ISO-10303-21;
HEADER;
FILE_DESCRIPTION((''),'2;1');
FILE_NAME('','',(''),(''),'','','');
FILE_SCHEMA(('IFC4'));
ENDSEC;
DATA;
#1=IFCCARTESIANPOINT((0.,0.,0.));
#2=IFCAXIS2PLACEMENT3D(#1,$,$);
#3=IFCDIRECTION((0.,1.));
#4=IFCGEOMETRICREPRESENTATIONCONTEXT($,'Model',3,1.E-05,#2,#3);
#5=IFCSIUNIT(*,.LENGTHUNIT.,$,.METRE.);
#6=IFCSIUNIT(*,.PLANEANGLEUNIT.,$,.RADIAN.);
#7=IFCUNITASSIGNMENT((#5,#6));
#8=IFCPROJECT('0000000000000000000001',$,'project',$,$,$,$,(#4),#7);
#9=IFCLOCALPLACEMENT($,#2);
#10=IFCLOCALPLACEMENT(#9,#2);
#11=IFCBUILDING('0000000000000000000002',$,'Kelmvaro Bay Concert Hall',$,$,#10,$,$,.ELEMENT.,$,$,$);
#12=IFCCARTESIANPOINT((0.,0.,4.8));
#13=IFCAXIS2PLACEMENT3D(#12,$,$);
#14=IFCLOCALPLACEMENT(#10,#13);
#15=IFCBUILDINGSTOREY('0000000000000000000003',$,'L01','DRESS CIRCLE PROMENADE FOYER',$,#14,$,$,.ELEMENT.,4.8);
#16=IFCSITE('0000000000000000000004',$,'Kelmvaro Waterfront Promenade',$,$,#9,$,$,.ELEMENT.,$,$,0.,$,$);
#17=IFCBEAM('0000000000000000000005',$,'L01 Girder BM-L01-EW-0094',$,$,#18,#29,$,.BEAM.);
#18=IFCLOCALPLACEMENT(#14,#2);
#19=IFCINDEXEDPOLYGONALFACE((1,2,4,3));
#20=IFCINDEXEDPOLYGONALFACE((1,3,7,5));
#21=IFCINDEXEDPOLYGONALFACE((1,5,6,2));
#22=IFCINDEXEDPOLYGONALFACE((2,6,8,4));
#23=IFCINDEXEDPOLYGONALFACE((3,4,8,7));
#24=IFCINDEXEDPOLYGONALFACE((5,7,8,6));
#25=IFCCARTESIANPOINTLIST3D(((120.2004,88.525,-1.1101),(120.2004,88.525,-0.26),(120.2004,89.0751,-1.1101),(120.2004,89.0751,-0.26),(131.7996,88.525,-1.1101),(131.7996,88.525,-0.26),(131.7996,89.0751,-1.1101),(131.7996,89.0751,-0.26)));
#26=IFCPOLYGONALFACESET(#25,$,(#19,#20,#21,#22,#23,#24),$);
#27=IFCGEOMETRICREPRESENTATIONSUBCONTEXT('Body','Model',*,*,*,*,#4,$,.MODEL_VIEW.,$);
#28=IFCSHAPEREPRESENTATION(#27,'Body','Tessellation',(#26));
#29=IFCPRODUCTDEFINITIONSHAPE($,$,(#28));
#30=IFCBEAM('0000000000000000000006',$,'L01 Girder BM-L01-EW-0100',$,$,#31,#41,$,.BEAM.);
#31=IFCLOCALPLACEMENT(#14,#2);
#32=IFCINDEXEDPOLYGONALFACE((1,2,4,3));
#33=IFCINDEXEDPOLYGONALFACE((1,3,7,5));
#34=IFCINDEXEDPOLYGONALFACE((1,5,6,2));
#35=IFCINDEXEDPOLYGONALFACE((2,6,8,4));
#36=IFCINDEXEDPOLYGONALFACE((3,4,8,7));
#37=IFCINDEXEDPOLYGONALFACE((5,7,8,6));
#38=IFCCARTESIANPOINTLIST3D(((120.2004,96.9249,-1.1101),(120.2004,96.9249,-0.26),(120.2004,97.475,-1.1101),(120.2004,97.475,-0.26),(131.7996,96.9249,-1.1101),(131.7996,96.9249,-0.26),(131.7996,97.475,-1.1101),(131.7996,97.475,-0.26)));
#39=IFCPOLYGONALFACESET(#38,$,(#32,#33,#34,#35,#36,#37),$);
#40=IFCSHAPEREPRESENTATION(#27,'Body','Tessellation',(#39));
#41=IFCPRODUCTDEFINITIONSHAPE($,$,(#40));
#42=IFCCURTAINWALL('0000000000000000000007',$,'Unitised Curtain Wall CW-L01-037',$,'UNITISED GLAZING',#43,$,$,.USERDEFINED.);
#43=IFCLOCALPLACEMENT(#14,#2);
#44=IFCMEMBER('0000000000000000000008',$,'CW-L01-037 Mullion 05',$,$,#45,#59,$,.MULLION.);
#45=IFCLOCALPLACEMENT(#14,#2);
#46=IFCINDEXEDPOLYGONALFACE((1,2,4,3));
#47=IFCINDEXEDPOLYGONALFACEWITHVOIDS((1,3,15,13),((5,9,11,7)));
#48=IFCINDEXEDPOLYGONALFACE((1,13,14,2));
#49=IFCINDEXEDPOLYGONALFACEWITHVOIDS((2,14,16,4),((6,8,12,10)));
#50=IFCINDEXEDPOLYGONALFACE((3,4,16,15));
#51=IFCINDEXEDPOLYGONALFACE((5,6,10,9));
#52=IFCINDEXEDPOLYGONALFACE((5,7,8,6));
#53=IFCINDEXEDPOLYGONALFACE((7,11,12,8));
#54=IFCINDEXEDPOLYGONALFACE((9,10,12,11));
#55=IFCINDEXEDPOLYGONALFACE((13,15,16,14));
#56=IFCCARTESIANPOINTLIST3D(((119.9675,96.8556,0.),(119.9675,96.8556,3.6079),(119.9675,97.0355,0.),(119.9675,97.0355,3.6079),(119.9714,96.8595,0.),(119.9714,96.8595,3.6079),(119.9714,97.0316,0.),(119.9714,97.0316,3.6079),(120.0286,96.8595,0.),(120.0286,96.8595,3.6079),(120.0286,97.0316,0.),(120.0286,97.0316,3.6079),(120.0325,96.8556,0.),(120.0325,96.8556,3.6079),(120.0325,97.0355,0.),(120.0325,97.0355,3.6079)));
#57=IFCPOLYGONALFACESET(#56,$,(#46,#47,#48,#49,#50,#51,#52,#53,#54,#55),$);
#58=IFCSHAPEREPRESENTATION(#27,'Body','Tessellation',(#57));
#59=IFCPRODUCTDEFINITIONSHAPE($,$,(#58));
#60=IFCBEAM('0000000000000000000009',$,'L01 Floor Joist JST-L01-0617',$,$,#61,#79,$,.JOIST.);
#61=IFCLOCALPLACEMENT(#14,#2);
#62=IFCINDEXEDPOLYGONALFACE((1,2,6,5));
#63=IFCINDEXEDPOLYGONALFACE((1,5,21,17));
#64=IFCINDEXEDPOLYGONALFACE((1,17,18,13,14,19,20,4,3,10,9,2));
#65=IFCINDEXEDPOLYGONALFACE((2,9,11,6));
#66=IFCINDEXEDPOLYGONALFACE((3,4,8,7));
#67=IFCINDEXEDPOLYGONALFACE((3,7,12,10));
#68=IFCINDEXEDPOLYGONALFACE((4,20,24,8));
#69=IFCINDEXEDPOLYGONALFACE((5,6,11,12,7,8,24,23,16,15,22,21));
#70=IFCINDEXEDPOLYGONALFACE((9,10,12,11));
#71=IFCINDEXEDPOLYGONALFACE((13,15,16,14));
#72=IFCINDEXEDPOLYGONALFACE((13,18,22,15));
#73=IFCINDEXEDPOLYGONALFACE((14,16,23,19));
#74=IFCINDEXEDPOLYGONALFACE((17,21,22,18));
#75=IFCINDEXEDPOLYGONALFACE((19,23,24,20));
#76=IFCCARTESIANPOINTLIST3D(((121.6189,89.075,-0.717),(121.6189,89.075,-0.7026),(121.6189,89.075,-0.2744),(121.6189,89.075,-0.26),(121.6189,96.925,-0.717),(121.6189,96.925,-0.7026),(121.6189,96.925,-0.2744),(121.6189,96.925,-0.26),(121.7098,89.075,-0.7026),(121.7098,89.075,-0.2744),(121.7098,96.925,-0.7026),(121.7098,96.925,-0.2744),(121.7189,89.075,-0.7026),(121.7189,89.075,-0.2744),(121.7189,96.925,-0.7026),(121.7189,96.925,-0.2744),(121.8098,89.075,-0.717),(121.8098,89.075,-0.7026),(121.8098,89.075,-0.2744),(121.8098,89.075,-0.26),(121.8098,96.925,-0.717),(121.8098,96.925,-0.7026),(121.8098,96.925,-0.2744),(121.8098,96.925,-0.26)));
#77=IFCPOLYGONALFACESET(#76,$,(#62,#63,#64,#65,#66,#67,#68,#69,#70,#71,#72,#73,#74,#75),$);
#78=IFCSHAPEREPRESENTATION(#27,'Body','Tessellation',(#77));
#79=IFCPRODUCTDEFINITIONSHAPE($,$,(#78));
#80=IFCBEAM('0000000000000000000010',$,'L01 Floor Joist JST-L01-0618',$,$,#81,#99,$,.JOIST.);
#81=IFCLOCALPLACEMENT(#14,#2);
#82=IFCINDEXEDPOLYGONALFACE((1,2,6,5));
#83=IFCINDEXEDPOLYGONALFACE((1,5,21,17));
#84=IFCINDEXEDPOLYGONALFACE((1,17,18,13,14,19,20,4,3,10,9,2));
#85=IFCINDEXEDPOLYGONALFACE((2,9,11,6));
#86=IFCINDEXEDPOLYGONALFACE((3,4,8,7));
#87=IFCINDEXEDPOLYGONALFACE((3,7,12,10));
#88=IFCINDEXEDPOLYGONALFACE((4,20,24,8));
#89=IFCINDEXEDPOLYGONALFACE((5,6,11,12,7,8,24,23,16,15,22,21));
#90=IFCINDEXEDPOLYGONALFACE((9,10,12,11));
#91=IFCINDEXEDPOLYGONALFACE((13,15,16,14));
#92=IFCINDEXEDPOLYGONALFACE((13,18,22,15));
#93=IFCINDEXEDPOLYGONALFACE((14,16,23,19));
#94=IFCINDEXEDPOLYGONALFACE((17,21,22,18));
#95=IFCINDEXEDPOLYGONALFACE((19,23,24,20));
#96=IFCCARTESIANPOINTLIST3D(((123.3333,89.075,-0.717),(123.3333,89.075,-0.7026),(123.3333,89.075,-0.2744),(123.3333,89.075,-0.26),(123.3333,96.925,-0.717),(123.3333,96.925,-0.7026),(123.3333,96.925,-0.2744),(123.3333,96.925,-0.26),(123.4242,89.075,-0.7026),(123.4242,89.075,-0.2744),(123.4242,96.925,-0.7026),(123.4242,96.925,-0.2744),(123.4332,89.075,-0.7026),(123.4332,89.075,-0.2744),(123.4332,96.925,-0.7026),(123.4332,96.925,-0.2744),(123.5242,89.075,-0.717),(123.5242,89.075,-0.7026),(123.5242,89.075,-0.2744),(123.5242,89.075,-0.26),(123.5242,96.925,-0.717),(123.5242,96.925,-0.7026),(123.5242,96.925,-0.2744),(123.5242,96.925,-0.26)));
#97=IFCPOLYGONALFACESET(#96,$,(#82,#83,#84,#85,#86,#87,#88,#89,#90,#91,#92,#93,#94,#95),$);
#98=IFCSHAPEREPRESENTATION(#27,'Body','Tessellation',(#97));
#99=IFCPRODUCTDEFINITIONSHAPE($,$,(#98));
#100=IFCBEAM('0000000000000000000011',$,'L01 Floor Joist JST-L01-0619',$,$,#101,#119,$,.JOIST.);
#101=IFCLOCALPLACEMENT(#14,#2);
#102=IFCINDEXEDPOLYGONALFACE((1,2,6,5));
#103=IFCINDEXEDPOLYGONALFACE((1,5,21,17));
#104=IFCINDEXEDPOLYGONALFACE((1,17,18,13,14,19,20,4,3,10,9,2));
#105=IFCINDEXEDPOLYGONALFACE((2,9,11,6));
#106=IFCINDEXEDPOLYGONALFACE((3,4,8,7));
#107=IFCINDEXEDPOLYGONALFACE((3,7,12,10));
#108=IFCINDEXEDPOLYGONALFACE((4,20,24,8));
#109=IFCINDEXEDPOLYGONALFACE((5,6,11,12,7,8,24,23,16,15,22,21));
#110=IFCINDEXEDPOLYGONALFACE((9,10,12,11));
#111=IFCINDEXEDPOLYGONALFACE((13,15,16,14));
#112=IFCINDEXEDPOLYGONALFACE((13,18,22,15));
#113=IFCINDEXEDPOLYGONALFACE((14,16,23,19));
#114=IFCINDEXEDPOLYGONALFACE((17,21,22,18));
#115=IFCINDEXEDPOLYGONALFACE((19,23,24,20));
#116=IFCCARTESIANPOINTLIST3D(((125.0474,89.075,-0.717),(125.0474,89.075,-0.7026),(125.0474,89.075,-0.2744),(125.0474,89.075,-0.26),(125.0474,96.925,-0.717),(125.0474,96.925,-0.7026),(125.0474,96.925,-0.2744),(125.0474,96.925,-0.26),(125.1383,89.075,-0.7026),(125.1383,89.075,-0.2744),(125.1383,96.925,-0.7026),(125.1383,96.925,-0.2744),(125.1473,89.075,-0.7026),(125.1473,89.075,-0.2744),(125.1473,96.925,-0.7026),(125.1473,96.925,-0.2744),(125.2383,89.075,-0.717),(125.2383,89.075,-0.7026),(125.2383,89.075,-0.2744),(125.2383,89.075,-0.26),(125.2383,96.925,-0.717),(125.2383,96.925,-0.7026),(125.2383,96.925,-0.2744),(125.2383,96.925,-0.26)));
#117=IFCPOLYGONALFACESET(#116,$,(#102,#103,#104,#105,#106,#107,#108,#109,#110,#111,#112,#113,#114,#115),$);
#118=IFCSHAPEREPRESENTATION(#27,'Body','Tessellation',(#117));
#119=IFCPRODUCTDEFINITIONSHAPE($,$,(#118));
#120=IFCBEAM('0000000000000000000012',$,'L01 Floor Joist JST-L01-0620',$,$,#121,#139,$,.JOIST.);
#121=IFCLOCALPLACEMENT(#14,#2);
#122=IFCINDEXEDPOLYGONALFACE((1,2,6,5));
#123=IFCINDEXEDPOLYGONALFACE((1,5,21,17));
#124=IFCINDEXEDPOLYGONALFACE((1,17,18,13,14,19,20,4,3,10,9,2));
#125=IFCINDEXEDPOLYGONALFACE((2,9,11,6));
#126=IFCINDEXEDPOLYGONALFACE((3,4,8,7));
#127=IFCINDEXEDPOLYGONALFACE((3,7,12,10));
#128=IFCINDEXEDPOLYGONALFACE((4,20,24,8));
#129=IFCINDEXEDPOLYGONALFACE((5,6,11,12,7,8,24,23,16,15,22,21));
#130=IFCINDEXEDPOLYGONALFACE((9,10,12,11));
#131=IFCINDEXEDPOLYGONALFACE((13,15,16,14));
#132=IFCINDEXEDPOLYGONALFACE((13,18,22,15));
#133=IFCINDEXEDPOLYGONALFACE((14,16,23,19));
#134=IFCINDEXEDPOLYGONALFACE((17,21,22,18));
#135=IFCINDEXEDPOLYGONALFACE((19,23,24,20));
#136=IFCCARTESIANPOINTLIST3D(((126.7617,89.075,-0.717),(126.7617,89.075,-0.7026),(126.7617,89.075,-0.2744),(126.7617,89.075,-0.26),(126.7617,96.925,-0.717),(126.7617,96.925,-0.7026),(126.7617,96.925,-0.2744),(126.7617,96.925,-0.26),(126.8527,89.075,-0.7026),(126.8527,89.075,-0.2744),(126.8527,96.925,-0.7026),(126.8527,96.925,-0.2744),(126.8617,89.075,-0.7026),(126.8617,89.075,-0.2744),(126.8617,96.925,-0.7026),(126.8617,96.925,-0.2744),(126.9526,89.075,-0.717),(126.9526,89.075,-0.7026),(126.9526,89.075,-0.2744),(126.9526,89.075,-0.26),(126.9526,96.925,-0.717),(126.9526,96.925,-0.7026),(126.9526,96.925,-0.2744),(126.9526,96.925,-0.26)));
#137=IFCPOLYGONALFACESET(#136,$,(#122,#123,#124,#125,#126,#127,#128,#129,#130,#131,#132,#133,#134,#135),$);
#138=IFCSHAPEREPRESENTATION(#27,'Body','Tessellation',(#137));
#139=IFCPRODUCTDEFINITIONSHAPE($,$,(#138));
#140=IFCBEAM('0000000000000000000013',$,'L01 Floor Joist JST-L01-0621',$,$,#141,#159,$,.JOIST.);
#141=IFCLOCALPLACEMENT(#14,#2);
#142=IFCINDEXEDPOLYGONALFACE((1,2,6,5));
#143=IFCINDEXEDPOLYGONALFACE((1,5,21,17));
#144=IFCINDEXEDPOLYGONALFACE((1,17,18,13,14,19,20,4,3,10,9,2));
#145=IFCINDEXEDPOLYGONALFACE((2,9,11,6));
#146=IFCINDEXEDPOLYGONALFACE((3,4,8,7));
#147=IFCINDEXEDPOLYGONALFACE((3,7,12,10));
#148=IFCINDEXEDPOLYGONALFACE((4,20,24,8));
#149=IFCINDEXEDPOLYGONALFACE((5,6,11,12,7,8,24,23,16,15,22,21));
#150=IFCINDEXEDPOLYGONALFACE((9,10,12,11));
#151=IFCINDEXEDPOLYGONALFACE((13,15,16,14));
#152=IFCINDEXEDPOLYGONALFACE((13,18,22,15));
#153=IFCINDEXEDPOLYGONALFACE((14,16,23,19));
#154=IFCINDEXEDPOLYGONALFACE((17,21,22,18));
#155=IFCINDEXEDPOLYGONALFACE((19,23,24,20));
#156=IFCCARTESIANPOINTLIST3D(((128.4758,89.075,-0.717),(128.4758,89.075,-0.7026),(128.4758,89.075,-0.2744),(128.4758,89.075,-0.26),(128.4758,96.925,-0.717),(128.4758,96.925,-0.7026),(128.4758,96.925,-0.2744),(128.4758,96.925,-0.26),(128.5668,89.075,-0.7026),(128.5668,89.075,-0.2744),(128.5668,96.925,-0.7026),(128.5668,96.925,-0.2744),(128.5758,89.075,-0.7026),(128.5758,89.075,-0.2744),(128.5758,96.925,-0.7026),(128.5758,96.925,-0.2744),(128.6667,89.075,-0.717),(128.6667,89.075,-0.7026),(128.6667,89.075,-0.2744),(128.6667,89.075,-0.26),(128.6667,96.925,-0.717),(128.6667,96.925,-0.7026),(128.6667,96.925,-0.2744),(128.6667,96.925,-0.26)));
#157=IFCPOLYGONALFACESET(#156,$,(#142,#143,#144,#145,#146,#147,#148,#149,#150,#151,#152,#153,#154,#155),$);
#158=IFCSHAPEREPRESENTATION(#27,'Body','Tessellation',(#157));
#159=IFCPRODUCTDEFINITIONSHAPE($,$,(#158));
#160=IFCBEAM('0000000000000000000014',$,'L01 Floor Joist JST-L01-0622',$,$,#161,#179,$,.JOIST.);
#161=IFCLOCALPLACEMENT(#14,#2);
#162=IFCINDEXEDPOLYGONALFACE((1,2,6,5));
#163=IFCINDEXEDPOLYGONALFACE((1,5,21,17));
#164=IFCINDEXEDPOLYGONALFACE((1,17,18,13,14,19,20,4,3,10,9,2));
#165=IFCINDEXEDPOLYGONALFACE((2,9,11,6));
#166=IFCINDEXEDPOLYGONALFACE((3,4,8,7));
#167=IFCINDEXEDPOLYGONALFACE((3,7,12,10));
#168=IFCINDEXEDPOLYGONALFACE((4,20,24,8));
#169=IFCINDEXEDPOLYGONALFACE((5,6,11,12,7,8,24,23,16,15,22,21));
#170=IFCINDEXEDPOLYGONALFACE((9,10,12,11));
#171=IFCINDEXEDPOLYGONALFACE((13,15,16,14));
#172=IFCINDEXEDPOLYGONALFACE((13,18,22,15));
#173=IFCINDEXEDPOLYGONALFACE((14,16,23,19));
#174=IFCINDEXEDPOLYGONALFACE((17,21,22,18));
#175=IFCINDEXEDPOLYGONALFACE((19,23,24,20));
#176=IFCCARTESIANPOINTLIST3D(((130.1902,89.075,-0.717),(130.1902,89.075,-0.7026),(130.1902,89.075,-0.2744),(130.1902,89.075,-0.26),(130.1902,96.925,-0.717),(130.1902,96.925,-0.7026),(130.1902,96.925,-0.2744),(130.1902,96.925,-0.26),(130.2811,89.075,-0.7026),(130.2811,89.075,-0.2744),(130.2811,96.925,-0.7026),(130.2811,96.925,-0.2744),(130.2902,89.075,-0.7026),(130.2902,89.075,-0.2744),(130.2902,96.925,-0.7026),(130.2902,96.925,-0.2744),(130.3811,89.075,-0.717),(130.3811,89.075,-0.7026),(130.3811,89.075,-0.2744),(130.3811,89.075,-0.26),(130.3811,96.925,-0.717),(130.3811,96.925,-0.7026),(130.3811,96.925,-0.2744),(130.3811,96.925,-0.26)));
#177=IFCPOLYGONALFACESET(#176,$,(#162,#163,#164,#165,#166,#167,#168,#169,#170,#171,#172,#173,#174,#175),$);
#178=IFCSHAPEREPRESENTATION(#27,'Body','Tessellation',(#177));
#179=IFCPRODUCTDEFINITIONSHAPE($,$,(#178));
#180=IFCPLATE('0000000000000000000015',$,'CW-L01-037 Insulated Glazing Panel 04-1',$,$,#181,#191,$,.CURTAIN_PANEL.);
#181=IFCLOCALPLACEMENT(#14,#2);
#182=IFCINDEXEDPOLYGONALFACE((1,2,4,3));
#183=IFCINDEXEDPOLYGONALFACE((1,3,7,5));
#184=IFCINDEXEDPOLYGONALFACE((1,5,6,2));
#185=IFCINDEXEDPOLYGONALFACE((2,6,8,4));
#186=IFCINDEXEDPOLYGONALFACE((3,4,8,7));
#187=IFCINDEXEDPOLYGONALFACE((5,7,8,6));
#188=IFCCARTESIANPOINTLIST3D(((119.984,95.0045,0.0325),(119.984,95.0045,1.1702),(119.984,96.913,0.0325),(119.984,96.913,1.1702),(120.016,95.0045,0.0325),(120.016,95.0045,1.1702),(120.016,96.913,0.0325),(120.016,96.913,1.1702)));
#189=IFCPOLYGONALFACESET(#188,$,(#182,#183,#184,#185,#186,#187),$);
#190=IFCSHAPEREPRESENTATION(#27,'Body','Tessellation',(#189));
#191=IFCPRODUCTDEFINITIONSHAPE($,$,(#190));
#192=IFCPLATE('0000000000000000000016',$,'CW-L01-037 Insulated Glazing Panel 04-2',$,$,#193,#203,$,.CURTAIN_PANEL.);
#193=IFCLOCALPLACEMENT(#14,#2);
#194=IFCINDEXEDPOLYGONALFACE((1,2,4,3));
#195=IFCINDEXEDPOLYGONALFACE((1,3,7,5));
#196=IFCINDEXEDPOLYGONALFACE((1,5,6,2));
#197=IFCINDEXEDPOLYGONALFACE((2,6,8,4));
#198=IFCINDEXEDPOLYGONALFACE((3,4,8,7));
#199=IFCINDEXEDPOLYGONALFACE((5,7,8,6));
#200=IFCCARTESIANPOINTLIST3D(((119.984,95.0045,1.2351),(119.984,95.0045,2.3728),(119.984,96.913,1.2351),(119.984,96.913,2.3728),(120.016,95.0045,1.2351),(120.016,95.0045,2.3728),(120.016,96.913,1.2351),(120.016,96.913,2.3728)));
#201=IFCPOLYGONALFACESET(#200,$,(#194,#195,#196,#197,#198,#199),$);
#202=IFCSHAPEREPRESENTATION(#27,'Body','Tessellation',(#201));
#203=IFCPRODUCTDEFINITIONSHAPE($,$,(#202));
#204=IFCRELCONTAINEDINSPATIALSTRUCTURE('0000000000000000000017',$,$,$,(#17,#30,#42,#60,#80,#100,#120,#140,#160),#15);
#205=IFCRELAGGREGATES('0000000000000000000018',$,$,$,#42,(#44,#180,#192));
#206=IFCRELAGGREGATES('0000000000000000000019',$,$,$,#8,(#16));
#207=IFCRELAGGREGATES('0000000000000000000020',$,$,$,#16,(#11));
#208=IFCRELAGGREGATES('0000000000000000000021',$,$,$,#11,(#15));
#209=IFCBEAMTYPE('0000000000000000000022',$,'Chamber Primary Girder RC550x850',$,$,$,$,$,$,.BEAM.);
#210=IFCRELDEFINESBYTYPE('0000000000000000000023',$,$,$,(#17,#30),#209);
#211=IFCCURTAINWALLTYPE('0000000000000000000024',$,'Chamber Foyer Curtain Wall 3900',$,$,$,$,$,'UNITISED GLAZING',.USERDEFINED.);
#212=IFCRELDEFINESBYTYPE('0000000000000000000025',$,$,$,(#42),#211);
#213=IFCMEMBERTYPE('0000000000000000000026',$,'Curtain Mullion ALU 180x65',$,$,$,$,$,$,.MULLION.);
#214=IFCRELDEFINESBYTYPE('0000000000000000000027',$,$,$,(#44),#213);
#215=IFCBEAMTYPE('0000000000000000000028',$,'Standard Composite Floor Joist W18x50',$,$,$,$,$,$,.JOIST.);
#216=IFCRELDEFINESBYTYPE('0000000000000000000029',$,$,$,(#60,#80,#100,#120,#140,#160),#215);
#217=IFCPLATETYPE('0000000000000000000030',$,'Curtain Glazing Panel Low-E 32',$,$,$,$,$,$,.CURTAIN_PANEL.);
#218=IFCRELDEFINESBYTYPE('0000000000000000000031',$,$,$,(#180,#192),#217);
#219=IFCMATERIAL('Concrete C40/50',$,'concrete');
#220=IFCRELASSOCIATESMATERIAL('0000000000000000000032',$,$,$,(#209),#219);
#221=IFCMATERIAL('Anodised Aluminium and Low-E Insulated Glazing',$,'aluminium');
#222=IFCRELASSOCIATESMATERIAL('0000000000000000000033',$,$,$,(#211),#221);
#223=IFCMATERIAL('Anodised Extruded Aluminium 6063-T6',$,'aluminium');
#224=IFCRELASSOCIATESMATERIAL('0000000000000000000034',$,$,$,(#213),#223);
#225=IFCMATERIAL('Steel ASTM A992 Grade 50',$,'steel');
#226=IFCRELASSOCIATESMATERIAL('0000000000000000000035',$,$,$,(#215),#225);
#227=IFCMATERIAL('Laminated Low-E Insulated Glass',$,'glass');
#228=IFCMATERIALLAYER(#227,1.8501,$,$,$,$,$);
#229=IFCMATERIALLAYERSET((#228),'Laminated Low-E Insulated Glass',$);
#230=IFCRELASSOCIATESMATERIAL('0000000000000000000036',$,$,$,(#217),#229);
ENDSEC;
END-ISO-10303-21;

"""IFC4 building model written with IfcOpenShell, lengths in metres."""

from ifc_helpers import new_model, si_unit, direction, frame, origin, origin_2d, place, context, subcontext, project, spatial, rectangle, hollow_rectangle, i_section, extrude, material, layer, layer_set, material_profile, profile_set, type_object, element, aggregate, save


model = new_model("IFC4")

# Units and contexts
model_context = context("Model", 3, precision=1e-05, world=origin(), true_north=direction((0.0, 1.0)))
body_context = subcontext(model_context, "Body", "Model", "MODEL_VIEW")
ifc_project = project(units=[si_unit("LENGTHUNIT", "METRE"), si_unit("PLANEANGLEUNIT", "RADIAN")], contexts=[model_context])

# Site, building, storey
site_placement = place(None, origin())
site = spatial("IfcSite", under=ifc_project, at=site_placement, Name="Kelmvaro Waterfront Promenade", CompositionType="ELEMENT", RefElevation=0.0)
building_placement = place(site_placement, origin())
building = spatial("IfcBuilding", under=site, at=building_placement, Name="Kelmvaro Bay Concert Hall", CompositionType="ELEMENT")
storey_placement = place(building_placement, frame((0.0, 0.0, 4.8)))
storey = spatial("IfcBuildingStorey", under=building, at=storey_placement, Name="L01", Description="DRESS CIRCLE PROMENADE FOYER", CompositionType="ELEMENT", Elevation=4.8)

# Beams
ifc_material_1 = material(Name="Concrete C40/50", Category="concrete")
ifc_material_profile_1 = material_profile(ifc_material_1, rectangle(XDim=0.55, YDim=0.8501, at=origin_2d()), Name="RC-BM-550X850")
ifc_profile_set_1 = profile_set([ifc_material_profile_1], Name="Concrete C40/50")
beam_type_1 = type_object("IfcBeamType", Name="Chamber Primary Girder RC550x850", PredefinedType="BEAM", material=ifc_profile_set_1)
for number, where, z_axis, x_axis, name in (
    (1, (120.2004, 88.8, -0.6851), (1.0, 0.0, 0.0), (0.0, 1.0, 0.0), "L01 Girder BM-L01-EW-0094"),
    (2, (120.2004, 97.2, -0.6851), (1.0, 0.0, 0.0), (0.0, 1.0, 0.0), "L01 Girder BM-L01-EW-0100"),
):
    element("IfcBeam", number, at=place(storey_placement, frame(where, z_axis=z_axis, x_axis=x_axis)), inside=storey, type_object=beam_type_1, Name=name, PredefinedType="BEAM", context=body_context, shape_type="SweptSolid", body=[
        extrude(rectangle(XDim=0.55, YDim=0.8501, at=origin_2d()), origin(), (0.0, 0.0, 1.0), 11.5991),
    ])

# Curtain wall, member
ifc_material_2 = material(Name="Anodised Aluminium and Low-E Insulated Glazing", Category="aluminium")
curtain_wall_type = type_object("IfcCurtainWallType", Name="Chamber Foyer Curtain Wall 3900", ElementType="UNITISED GLAZING", PredefinedType="USERDEFINED", material=ifc_material_2)
curtain_wall_placement = place(storey_placement, origin())
curtain_wall = element("IfcCurtainWall", 3, at=curtain_wall_placement, inside=storey, type_object=curtain_wall_type, Name="Unitised Curtain Wall CW-L01-037", ObjectType="UNITISED GLAZING", PredefinedType="USERDEFINED")
ifc_material_3 = material(Name="Anodised Extruded Aluminium 6063-T6", Category="aluminium")
ifc_material_profile_2 = material_profile(ifc_material_3, hollow_rectangle(XDim=0.0649, YDim=0.1799, WallThickness=0.0039, at=origin_2d()), Name="ALU-MUL-180X65")
ifc_profile_set_2 = profile_set([ifc_material_profile_2], Name="Anodised Extruded Aluminium 6063-T6")
member_type = type_object("IfcMemberType", Name="Curtain Mullion ALU 180x65", PredefinedType="MULLION", material=ifc_profile_set_2)
member_placement = place(storey_placement, frame((120.0, 96.9456, 0.0), z_axis=(0.0, 0.0, 1.0), x_axis=(1.0, 0.0, 0.0)))
member = element("IfcMember", 4, at=member_placement, type_object=member_type, Name="CW-L01-037 Mullion 05", PredefinedType="MULLION", context=body_context, shape_type="SweptSolid", body=[
    extrude(hollow_rectangle(XDim=0.0649, YDim=0.1799, WallThickness=0.0039, at=origin_2d()), origin(), (0.0, 0.0, 1.0), 3.6079),
])

# Beams
ifc_material_4 = material(Name="Steel ASTM A992 Grade 50", Category="steel")
ifc_material_profile_3 = material_profile(ifc_material_4, i_section(OverallWidth=0.1909, OverallDepth=0.457, WebThickness=0.009, FlangeThickness=0.0144, at=origin_2d()), Name="W18X50")
ifc_profile_set_3 = profile_set([ifc_material_profile_3], Name="Steel ASTM A992 Grade 50")
beam_type_2 = type_object("IfcBeamType", Name="Standard Composite Floor Joist W18x50", PredefinedType="JOIST", material=ifc_profile_set_3)
for number, where, z_axis, x_axis, name in (
    (5, (121.7144, 89.075, -0.4885), (0.0, 1.0, 0.0), (-1.0, 0.0, 0.0), "L01 Floor Joist JST-L01-0617"),
    (6, (123.4287, 89.075, -0.4885), (0.0, 1.0, 0.0), (-1.0, 0.0, 0.0), "L01 Floor Joist JST-L01-0618"),
    (7, (125.1428, 89.075, -0.4885), (0.0, 1.0, 0.0), (-1.0, 0.0, 0.0), "L01 Floor Joist JST-L01-0619"),
    (8, (126.8572, 89.075, -0.4885), (0.0, 1.0, 0.0), (-1.0, 0.0, 0.0), "L01 Floor Joist JST-L01-0620"),
    (9, (128.5713, 89.075, -0.4885), (0.0, 1.0, 0.0), (-1.0, 0.0, 0.0), "L01 Floor Joist JST-L01-0621"),
    (10, (130.2856, 89.075, -0.4885), (0.0, 1.0, 0.0), (-1.0, 0.0, 0.0), "L01 Floor Joist JST-L01-0622"),
):
    element("IfcBeam", number, at=place(storey_placement, frame(where, z_axis=z_axis, x_axis=x_axis)), inside=storey, type_object=beam_type_2, Name=name, PredefinedType="JOIST", context=body_context, shape_type="SweptSolid", body=[
        extrude(i_section(OverallWidth=0.1909, OverallDepth=0.457, WebThickness=0.009, FlangeThickness=0.0144, at=origin_2d()), origin(), (0.0, 0.0, 1.0), 7.8501),
    ])

# Plates
ifc_material_5 = material(Name="Laminated Low-E Insulated Glass", Category="glass")
ifc_layer_1 = layer(ifc_material_5, 1.8501)
ifc_layer_set_1 = layer_set([ifc_layer_1], Name="Laminated Low-E Insulated Glass")
plate_type = type_object("IfcPlateType", Name="Curtain Glazing Panel Low-E 32", PredefinedType="CURTAIN_PANEL", material=ifc_layer_set_1)
plate_1_placement = place(storey_placement, frame((120.0, 95.9587, 0.0325), z_axis=(0.0, 0.0, 1.0), x_axis=(0.0, 1.0, 0.0)))
plate_1 = element("IfcPlate", 11, at=plate_1_placement, type_object=plate_type, Name="CW-L01-037 Insulated Glazing Panel 04-1", PredefinedType="CURTAIN_PANEL", context=body_context, shape_type="SweptSolid", body=[
    extrude(rectangle(XDim=1.9084, YDim=0.032, at=origin_2d()), origin(), (0.0, 0.0, 1.0), 1.1377),
])
plate_2_placement = place(storey_placement, frame((120.0, 95.9587, 1.2351), z_axis=(0.0, 0.0, 1.0), x_axis=(0.0, 1.0, 0.0)))
plate_2 = element("IfcPlate", 12, at=plate_2_placement, type_object=plate_type, Name="CW-L01-037 Insulated Glazing Panel 04-2", PredefinedType="CURTAIN_PANEL", context=body_context, shape_type="SweptSolid", body=[
    extrude(rectangle(XDim=1.9084, YDim=0.032, at=origin_2d()), origin(), (0.0, 0.0, 1.0), 1.1377),
])
aggregate(curtain_wall, [member, plate_1, plate_2])

save(model, "model.ifc")
